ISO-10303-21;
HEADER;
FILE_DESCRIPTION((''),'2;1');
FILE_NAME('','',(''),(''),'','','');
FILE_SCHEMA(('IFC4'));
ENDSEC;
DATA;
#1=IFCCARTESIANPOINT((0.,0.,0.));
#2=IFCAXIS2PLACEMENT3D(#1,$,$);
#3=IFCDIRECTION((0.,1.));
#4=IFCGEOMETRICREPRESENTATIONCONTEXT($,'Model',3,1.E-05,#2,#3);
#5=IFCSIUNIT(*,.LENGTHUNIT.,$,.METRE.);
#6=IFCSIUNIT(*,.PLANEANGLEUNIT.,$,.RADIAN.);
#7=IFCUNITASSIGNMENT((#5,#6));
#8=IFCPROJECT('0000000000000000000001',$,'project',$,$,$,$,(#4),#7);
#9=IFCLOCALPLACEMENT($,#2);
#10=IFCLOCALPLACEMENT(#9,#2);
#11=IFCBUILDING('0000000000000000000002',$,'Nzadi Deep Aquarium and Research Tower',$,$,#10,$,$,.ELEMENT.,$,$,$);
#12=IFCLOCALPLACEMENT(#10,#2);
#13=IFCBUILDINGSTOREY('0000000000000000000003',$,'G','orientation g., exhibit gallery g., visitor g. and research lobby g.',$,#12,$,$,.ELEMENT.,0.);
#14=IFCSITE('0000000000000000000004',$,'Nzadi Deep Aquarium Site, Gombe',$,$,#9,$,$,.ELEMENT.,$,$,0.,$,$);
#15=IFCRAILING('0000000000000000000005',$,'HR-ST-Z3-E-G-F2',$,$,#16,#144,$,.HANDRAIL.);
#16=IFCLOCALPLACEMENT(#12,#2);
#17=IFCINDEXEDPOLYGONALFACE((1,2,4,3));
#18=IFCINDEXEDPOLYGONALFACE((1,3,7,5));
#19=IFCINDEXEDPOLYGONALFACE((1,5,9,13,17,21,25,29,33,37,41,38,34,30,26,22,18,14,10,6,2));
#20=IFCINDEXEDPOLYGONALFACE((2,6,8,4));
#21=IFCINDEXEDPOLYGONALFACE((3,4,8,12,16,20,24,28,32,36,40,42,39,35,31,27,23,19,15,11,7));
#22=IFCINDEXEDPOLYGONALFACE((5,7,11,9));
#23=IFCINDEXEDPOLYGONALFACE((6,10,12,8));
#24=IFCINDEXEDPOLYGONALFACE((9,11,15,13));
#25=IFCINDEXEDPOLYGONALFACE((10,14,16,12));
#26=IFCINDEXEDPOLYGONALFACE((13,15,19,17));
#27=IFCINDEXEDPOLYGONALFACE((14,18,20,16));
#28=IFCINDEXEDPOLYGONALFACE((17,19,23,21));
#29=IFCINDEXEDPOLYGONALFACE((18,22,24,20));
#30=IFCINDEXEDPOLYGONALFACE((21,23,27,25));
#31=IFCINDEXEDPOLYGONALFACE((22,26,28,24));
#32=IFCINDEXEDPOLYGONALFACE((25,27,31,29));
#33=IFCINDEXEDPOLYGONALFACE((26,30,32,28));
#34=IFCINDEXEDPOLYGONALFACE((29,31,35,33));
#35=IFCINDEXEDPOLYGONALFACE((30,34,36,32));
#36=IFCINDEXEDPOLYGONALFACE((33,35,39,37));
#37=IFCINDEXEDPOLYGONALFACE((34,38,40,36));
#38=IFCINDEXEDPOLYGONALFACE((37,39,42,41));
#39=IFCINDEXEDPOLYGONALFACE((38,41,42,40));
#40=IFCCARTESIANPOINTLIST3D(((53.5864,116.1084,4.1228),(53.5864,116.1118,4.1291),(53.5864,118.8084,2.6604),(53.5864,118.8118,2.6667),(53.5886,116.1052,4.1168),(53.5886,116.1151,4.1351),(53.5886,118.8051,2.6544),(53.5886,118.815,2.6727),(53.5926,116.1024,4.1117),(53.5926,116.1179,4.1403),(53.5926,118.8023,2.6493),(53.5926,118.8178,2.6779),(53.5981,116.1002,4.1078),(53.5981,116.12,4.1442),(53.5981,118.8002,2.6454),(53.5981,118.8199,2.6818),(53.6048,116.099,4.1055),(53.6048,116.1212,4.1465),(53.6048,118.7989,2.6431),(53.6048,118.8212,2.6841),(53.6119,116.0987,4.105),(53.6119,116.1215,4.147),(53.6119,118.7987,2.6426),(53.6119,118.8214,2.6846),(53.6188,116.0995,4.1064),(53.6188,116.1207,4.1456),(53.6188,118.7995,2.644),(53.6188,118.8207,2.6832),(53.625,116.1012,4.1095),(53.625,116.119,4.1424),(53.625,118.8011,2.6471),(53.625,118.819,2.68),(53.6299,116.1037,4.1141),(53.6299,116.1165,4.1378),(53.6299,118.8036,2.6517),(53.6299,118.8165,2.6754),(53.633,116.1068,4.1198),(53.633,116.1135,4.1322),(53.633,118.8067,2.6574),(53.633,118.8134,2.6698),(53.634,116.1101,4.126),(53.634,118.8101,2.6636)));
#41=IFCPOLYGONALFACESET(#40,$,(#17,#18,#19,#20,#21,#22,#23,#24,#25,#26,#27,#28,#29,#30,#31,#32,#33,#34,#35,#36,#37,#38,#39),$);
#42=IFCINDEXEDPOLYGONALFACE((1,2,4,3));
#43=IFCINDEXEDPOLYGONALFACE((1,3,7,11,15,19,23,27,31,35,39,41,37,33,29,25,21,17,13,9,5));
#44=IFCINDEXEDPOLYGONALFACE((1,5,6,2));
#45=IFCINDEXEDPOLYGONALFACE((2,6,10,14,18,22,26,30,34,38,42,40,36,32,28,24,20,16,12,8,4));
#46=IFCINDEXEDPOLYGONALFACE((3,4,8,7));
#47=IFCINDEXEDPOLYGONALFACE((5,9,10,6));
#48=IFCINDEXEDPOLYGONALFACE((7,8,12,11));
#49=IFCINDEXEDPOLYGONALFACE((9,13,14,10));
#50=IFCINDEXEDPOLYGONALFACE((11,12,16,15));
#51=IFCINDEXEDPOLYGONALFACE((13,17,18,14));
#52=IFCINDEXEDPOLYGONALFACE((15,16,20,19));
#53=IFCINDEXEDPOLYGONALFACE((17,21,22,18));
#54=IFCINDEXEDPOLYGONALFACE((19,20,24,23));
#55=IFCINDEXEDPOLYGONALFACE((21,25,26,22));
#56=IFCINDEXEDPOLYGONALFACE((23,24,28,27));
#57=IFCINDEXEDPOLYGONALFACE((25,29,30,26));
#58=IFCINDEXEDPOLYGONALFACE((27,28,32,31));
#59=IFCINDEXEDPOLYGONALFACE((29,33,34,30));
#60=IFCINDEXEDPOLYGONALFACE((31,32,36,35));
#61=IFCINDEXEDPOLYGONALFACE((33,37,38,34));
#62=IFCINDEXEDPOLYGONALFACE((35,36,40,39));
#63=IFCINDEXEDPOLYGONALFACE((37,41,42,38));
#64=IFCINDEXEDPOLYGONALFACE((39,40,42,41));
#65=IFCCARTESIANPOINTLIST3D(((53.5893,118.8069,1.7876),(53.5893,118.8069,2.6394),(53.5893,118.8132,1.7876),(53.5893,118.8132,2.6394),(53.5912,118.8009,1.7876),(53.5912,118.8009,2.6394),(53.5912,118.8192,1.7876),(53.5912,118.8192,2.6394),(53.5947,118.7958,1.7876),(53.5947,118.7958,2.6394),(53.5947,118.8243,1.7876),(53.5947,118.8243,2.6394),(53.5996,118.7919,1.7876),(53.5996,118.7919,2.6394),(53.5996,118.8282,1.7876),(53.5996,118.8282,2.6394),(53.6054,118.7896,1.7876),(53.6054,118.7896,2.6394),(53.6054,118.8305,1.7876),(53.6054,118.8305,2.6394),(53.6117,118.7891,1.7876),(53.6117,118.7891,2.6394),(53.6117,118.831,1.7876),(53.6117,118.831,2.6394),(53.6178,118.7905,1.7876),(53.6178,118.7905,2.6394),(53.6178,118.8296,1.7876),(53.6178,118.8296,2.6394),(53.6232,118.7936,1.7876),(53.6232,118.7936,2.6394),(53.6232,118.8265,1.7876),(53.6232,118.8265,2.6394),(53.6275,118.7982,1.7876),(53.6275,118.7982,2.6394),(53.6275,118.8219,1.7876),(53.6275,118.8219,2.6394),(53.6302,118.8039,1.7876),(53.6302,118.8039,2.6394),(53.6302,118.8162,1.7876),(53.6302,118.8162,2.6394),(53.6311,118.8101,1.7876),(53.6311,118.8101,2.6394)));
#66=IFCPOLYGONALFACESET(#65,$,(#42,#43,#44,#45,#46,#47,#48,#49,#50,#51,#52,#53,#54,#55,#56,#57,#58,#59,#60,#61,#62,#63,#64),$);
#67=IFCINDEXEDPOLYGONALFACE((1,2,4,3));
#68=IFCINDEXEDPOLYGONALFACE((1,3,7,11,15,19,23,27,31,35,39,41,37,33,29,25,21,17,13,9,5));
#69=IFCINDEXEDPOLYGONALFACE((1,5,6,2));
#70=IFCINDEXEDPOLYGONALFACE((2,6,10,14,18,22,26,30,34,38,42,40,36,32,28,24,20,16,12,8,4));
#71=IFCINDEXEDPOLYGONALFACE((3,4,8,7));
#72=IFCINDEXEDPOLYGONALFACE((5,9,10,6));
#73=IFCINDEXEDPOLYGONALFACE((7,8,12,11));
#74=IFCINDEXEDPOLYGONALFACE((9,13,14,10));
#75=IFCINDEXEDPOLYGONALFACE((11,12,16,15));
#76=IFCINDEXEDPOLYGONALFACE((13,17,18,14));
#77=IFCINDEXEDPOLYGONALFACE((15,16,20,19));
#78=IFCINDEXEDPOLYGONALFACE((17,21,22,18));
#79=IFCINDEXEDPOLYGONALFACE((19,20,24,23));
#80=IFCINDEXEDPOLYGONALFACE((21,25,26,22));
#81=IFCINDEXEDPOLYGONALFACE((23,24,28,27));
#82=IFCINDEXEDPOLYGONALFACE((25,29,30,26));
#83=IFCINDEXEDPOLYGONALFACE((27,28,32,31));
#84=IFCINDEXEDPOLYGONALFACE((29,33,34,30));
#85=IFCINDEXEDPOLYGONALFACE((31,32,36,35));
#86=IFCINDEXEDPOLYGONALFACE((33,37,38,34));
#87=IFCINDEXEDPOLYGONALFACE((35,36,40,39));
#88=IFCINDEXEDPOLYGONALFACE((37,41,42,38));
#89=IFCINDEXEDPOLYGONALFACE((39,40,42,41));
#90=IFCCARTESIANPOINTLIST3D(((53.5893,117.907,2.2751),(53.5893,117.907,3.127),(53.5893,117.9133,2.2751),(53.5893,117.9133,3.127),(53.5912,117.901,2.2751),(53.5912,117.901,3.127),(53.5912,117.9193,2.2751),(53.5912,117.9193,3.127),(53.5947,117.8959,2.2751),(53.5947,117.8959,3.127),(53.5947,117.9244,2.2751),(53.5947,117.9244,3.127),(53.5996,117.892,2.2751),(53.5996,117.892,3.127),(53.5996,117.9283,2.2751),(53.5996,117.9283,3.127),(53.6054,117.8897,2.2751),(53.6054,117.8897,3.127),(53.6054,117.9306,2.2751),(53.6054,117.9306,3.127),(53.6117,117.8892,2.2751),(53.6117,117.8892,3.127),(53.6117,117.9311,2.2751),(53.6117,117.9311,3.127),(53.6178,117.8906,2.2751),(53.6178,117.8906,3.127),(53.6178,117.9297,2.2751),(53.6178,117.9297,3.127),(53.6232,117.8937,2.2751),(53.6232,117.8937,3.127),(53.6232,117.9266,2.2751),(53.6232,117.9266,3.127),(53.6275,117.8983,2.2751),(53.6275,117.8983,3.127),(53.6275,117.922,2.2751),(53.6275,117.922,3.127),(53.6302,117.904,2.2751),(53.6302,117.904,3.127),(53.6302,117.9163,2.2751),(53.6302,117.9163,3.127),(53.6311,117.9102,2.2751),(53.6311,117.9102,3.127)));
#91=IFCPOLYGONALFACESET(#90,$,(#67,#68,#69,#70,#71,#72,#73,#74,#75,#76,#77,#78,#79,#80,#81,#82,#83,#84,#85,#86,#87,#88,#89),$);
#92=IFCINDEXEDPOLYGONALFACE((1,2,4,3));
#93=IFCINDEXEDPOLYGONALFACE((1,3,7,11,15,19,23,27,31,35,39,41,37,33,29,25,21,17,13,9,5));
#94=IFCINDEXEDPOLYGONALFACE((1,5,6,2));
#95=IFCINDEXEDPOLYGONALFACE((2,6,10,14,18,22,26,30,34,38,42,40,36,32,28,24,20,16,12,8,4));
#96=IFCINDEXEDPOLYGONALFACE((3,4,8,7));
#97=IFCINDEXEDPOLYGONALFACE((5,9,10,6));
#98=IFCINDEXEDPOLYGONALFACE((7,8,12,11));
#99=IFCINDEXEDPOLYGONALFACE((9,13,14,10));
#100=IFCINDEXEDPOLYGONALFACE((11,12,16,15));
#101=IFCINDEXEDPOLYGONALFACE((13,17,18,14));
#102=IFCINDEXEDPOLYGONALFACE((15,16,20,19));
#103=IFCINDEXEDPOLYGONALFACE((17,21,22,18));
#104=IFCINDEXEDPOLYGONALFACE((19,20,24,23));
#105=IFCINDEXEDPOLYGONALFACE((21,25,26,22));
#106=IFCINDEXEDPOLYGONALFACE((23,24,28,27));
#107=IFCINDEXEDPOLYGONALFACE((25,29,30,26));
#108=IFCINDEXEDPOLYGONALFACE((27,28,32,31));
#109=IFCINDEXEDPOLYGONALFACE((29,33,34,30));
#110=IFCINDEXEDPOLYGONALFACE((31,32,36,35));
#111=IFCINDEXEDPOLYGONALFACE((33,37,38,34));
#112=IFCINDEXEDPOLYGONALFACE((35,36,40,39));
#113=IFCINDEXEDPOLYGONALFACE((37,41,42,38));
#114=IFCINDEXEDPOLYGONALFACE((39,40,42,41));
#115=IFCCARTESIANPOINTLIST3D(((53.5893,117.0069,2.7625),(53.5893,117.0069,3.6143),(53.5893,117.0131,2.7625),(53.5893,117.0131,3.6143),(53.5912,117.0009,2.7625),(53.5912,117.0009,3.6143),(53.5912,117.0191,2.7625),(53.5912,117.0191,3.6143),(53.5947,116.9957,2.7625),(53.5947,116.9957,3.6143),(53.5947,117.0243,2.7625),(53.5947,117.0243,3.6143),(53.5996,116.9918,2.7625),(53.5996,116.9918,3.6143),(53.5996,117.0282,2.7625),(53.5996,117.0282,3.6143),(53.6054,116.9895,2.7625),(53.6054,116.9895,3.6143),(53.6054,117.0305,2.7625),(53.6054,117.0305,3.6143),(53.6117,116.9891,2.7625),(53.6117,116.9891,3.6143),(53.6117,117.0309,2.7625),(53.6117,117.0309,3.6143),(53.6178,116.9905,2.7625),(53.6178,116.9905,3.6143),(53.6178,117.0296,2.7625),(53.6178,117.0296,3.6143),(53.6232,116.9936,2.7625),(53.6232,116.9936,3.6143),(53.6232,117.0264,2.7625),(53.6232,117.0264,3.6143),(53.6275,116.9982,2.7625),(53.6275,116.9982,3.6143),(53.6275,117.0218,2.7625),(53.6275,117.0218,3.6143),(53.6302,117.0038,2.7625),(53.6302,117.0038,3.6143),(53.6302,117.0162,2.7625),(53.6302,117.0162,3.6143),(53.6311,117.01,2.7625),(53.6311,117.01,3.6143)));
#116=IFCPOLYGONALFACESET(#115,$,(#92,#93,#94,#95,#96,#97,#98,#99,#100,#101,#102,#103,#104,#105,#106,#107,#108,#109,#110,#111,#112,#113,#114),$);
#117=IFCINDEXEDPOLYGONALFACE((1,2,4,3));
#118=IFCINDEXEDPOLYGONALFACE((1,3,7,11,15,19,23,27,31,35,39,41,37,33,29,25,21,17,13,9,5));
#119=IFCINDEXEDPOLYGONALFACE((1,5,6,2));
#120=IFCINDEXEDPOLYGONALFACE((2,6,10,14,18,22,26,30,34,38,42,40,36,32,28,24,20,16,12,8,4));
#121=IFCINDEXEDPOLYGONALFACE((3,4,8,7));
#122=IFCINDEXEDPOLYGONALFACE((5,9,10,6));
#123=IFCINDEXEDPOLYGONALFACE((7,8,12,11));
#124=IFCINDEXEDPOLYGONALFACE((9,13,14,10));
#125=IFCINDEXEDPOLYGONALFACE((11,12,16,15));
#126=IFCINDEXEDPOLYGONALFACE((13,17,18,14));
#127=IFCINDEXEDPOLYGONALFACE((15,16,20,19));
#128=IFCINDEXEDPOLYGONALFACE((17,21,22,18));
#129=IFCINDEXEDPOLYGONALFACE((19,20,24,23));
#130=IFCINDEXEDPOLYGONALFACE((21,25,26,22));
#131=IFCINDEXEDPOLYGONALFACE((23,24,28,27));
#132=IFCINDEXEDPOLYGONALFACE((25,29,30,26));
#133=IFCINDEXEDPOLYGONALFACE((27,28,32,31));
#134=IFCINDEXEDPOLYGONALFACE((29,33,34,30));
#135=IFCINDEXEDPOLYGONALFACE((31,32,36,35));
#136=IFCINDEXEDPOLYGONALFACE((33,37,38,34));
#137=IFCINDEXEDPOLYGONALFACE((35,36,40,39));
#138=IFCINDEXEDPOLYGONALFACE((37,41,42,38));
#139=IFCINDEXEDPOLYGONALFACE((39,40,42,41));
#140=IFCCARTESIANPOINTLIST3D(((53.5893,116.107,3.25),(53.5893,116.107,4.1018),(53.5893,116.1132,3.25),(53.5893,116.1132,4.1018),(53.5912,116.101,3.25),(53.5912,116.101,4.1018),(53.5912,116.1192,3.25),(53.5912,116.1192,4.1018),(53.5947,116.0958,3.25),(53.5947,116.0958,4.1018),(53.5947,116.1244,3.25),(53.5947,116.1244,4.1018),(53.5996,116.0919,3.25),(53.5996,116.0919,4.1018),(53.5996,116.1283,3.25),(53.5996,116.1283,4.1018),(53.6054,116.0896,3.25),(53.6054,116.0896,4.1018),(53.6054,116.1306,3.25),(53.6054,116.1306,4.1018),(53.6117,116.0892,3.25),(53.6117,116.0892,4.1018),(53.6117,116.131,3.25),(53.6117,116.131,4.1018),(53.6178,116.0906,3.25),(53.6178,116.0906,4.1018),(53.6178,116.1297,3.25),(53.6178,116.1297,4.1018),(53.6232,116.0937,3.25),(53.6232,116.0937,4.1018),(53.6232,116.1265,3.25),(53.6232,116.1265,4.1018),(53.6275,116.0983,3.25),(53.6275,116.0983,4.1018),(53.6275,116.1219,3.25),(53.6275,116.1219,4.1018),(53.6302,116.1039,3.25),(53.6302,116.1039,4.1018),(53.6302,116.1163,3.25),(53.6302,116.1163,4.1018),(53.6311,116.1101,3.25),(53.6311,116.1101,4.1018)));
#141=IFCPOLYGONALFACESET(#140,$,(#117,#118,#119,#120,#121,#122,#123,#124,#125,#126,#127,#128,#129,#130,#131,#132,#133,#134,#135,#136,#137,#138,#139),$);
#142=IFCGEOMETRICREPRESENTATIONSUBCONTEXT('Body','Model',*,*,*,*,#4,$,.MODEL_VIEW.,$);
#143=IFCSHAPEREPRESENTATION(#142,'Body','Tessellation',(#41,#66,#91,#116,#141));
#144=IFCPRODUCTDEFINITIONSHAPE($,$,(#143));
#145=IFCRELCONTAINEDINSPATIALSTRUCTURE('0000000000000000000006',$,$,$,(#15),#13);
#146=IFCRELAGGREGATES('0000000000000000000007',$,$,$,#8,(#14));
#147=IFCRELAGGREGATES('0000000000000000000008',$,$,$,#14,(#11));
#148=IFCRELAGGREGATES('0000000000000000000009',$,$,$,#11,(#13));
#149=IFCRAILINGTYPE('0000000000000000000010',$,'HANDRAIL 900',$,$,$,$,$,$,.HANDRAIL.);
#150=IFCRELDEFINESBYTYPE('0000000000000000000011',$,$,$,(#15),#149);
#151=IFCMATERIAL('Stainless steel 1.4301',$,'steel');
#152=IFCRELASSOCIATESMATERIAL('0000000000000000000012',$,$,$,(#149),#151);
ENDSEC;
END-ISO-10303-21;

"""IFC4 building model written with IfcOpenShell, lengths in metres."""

from ifc_helpers import new_model, si_unit, direction, frame, origin, origin_2d, place, context, subcontext, project, spatial, circle, extrude, material, type_object, element, save


model = new_model("IFC4")

# Units and contexts
model_context = context("Model", 3, precision=1e-05, world=origin(), true_north=direction((0.0, 1.0)))
body_context = subcontext(model_context, "Body", "Model", "MODEL_VIEW")
ifc_project = project(units=[si_unit("LENGTHUNIT", "METRE"), si_unit("PLANEANGLEUNIT", "RADIAN")], contexts=[model_context])

# Site, building, storey
site_placement = place(None, origin())
site = spatial("IfcSite", under=ifc_project, at=site_placement, Name="Nzadi Deep Aquarium Site, Gombe", CompositionType="ELEMENT", RefElevation=0.0)
building_placement = place(site_placement, origin())
building = spatial("IfcBuilding", under=site, at=building_placement, Name="Nzadi Deep Aquarium and Research Tower", CompositionType="ELEMENT")
storey_placement = place(building_placement, origin())
storey = spatial("IfcBuildingStorey", under=building, at=storey_placement, Name="G", Description="orientation g., exhibit gallery g., visitor g. and research lobby g.", CompositionType="ELEMENT", Elevation=0.0)

# Railing
ifc_material_1 = material(Name="Stainless steel 1.4301", Category="steel")
railing_type = type_object("IfcRailingType", Name="HANDRAIL 900", PredefinedType="HANDRAIL", material=ifc_material_1)
for number, where, name in (
    (1, (53.6101, 118.8101, 1.7876), "HR-ST-Z3-E-G-F2"),
):
    element("IfcRailing", number, at=place(storey_placement, frame(where)), inside=storey, type_object=railing_type, Name=name, PredefinedType="HANDRAIL", context=body_context, shape_type="SweptSolid", body=[
        extrude(circle(Radius=0.0239, at=origin_2d()), frame((0.0, 0.0, 0.876), z_axis=(0.0, -0.879302, 0.476265), x_axis=(1.0, 0.0, 0.0)), (0.0, 0.0, 1.0), 3.0706),
        extrude(circle(Radius=0.021, at=origin_2d()), origin(), (0.0, 0.0, 1.0), 0.8518),
        extrude(circle(Radius=0.021, at=origin_2d()), frame((0.0, -0.8999, 0.4875)), (0.0, 0.0, 1.0), 0.8518),
        extrude(circle(Radius=0.021, at=origin_2d()), frame((0.0, -1.8, 0.9749)), (0.0, 0.0, 1.0), 0.8518),
        extrude(circle(Radius=0.021, at=origin_2d()), frame((0.0, -2.7, 1.4624)), (0.0, 0.0, 1.0), 0.8518),
    ])

save(model, "model.ifc")
